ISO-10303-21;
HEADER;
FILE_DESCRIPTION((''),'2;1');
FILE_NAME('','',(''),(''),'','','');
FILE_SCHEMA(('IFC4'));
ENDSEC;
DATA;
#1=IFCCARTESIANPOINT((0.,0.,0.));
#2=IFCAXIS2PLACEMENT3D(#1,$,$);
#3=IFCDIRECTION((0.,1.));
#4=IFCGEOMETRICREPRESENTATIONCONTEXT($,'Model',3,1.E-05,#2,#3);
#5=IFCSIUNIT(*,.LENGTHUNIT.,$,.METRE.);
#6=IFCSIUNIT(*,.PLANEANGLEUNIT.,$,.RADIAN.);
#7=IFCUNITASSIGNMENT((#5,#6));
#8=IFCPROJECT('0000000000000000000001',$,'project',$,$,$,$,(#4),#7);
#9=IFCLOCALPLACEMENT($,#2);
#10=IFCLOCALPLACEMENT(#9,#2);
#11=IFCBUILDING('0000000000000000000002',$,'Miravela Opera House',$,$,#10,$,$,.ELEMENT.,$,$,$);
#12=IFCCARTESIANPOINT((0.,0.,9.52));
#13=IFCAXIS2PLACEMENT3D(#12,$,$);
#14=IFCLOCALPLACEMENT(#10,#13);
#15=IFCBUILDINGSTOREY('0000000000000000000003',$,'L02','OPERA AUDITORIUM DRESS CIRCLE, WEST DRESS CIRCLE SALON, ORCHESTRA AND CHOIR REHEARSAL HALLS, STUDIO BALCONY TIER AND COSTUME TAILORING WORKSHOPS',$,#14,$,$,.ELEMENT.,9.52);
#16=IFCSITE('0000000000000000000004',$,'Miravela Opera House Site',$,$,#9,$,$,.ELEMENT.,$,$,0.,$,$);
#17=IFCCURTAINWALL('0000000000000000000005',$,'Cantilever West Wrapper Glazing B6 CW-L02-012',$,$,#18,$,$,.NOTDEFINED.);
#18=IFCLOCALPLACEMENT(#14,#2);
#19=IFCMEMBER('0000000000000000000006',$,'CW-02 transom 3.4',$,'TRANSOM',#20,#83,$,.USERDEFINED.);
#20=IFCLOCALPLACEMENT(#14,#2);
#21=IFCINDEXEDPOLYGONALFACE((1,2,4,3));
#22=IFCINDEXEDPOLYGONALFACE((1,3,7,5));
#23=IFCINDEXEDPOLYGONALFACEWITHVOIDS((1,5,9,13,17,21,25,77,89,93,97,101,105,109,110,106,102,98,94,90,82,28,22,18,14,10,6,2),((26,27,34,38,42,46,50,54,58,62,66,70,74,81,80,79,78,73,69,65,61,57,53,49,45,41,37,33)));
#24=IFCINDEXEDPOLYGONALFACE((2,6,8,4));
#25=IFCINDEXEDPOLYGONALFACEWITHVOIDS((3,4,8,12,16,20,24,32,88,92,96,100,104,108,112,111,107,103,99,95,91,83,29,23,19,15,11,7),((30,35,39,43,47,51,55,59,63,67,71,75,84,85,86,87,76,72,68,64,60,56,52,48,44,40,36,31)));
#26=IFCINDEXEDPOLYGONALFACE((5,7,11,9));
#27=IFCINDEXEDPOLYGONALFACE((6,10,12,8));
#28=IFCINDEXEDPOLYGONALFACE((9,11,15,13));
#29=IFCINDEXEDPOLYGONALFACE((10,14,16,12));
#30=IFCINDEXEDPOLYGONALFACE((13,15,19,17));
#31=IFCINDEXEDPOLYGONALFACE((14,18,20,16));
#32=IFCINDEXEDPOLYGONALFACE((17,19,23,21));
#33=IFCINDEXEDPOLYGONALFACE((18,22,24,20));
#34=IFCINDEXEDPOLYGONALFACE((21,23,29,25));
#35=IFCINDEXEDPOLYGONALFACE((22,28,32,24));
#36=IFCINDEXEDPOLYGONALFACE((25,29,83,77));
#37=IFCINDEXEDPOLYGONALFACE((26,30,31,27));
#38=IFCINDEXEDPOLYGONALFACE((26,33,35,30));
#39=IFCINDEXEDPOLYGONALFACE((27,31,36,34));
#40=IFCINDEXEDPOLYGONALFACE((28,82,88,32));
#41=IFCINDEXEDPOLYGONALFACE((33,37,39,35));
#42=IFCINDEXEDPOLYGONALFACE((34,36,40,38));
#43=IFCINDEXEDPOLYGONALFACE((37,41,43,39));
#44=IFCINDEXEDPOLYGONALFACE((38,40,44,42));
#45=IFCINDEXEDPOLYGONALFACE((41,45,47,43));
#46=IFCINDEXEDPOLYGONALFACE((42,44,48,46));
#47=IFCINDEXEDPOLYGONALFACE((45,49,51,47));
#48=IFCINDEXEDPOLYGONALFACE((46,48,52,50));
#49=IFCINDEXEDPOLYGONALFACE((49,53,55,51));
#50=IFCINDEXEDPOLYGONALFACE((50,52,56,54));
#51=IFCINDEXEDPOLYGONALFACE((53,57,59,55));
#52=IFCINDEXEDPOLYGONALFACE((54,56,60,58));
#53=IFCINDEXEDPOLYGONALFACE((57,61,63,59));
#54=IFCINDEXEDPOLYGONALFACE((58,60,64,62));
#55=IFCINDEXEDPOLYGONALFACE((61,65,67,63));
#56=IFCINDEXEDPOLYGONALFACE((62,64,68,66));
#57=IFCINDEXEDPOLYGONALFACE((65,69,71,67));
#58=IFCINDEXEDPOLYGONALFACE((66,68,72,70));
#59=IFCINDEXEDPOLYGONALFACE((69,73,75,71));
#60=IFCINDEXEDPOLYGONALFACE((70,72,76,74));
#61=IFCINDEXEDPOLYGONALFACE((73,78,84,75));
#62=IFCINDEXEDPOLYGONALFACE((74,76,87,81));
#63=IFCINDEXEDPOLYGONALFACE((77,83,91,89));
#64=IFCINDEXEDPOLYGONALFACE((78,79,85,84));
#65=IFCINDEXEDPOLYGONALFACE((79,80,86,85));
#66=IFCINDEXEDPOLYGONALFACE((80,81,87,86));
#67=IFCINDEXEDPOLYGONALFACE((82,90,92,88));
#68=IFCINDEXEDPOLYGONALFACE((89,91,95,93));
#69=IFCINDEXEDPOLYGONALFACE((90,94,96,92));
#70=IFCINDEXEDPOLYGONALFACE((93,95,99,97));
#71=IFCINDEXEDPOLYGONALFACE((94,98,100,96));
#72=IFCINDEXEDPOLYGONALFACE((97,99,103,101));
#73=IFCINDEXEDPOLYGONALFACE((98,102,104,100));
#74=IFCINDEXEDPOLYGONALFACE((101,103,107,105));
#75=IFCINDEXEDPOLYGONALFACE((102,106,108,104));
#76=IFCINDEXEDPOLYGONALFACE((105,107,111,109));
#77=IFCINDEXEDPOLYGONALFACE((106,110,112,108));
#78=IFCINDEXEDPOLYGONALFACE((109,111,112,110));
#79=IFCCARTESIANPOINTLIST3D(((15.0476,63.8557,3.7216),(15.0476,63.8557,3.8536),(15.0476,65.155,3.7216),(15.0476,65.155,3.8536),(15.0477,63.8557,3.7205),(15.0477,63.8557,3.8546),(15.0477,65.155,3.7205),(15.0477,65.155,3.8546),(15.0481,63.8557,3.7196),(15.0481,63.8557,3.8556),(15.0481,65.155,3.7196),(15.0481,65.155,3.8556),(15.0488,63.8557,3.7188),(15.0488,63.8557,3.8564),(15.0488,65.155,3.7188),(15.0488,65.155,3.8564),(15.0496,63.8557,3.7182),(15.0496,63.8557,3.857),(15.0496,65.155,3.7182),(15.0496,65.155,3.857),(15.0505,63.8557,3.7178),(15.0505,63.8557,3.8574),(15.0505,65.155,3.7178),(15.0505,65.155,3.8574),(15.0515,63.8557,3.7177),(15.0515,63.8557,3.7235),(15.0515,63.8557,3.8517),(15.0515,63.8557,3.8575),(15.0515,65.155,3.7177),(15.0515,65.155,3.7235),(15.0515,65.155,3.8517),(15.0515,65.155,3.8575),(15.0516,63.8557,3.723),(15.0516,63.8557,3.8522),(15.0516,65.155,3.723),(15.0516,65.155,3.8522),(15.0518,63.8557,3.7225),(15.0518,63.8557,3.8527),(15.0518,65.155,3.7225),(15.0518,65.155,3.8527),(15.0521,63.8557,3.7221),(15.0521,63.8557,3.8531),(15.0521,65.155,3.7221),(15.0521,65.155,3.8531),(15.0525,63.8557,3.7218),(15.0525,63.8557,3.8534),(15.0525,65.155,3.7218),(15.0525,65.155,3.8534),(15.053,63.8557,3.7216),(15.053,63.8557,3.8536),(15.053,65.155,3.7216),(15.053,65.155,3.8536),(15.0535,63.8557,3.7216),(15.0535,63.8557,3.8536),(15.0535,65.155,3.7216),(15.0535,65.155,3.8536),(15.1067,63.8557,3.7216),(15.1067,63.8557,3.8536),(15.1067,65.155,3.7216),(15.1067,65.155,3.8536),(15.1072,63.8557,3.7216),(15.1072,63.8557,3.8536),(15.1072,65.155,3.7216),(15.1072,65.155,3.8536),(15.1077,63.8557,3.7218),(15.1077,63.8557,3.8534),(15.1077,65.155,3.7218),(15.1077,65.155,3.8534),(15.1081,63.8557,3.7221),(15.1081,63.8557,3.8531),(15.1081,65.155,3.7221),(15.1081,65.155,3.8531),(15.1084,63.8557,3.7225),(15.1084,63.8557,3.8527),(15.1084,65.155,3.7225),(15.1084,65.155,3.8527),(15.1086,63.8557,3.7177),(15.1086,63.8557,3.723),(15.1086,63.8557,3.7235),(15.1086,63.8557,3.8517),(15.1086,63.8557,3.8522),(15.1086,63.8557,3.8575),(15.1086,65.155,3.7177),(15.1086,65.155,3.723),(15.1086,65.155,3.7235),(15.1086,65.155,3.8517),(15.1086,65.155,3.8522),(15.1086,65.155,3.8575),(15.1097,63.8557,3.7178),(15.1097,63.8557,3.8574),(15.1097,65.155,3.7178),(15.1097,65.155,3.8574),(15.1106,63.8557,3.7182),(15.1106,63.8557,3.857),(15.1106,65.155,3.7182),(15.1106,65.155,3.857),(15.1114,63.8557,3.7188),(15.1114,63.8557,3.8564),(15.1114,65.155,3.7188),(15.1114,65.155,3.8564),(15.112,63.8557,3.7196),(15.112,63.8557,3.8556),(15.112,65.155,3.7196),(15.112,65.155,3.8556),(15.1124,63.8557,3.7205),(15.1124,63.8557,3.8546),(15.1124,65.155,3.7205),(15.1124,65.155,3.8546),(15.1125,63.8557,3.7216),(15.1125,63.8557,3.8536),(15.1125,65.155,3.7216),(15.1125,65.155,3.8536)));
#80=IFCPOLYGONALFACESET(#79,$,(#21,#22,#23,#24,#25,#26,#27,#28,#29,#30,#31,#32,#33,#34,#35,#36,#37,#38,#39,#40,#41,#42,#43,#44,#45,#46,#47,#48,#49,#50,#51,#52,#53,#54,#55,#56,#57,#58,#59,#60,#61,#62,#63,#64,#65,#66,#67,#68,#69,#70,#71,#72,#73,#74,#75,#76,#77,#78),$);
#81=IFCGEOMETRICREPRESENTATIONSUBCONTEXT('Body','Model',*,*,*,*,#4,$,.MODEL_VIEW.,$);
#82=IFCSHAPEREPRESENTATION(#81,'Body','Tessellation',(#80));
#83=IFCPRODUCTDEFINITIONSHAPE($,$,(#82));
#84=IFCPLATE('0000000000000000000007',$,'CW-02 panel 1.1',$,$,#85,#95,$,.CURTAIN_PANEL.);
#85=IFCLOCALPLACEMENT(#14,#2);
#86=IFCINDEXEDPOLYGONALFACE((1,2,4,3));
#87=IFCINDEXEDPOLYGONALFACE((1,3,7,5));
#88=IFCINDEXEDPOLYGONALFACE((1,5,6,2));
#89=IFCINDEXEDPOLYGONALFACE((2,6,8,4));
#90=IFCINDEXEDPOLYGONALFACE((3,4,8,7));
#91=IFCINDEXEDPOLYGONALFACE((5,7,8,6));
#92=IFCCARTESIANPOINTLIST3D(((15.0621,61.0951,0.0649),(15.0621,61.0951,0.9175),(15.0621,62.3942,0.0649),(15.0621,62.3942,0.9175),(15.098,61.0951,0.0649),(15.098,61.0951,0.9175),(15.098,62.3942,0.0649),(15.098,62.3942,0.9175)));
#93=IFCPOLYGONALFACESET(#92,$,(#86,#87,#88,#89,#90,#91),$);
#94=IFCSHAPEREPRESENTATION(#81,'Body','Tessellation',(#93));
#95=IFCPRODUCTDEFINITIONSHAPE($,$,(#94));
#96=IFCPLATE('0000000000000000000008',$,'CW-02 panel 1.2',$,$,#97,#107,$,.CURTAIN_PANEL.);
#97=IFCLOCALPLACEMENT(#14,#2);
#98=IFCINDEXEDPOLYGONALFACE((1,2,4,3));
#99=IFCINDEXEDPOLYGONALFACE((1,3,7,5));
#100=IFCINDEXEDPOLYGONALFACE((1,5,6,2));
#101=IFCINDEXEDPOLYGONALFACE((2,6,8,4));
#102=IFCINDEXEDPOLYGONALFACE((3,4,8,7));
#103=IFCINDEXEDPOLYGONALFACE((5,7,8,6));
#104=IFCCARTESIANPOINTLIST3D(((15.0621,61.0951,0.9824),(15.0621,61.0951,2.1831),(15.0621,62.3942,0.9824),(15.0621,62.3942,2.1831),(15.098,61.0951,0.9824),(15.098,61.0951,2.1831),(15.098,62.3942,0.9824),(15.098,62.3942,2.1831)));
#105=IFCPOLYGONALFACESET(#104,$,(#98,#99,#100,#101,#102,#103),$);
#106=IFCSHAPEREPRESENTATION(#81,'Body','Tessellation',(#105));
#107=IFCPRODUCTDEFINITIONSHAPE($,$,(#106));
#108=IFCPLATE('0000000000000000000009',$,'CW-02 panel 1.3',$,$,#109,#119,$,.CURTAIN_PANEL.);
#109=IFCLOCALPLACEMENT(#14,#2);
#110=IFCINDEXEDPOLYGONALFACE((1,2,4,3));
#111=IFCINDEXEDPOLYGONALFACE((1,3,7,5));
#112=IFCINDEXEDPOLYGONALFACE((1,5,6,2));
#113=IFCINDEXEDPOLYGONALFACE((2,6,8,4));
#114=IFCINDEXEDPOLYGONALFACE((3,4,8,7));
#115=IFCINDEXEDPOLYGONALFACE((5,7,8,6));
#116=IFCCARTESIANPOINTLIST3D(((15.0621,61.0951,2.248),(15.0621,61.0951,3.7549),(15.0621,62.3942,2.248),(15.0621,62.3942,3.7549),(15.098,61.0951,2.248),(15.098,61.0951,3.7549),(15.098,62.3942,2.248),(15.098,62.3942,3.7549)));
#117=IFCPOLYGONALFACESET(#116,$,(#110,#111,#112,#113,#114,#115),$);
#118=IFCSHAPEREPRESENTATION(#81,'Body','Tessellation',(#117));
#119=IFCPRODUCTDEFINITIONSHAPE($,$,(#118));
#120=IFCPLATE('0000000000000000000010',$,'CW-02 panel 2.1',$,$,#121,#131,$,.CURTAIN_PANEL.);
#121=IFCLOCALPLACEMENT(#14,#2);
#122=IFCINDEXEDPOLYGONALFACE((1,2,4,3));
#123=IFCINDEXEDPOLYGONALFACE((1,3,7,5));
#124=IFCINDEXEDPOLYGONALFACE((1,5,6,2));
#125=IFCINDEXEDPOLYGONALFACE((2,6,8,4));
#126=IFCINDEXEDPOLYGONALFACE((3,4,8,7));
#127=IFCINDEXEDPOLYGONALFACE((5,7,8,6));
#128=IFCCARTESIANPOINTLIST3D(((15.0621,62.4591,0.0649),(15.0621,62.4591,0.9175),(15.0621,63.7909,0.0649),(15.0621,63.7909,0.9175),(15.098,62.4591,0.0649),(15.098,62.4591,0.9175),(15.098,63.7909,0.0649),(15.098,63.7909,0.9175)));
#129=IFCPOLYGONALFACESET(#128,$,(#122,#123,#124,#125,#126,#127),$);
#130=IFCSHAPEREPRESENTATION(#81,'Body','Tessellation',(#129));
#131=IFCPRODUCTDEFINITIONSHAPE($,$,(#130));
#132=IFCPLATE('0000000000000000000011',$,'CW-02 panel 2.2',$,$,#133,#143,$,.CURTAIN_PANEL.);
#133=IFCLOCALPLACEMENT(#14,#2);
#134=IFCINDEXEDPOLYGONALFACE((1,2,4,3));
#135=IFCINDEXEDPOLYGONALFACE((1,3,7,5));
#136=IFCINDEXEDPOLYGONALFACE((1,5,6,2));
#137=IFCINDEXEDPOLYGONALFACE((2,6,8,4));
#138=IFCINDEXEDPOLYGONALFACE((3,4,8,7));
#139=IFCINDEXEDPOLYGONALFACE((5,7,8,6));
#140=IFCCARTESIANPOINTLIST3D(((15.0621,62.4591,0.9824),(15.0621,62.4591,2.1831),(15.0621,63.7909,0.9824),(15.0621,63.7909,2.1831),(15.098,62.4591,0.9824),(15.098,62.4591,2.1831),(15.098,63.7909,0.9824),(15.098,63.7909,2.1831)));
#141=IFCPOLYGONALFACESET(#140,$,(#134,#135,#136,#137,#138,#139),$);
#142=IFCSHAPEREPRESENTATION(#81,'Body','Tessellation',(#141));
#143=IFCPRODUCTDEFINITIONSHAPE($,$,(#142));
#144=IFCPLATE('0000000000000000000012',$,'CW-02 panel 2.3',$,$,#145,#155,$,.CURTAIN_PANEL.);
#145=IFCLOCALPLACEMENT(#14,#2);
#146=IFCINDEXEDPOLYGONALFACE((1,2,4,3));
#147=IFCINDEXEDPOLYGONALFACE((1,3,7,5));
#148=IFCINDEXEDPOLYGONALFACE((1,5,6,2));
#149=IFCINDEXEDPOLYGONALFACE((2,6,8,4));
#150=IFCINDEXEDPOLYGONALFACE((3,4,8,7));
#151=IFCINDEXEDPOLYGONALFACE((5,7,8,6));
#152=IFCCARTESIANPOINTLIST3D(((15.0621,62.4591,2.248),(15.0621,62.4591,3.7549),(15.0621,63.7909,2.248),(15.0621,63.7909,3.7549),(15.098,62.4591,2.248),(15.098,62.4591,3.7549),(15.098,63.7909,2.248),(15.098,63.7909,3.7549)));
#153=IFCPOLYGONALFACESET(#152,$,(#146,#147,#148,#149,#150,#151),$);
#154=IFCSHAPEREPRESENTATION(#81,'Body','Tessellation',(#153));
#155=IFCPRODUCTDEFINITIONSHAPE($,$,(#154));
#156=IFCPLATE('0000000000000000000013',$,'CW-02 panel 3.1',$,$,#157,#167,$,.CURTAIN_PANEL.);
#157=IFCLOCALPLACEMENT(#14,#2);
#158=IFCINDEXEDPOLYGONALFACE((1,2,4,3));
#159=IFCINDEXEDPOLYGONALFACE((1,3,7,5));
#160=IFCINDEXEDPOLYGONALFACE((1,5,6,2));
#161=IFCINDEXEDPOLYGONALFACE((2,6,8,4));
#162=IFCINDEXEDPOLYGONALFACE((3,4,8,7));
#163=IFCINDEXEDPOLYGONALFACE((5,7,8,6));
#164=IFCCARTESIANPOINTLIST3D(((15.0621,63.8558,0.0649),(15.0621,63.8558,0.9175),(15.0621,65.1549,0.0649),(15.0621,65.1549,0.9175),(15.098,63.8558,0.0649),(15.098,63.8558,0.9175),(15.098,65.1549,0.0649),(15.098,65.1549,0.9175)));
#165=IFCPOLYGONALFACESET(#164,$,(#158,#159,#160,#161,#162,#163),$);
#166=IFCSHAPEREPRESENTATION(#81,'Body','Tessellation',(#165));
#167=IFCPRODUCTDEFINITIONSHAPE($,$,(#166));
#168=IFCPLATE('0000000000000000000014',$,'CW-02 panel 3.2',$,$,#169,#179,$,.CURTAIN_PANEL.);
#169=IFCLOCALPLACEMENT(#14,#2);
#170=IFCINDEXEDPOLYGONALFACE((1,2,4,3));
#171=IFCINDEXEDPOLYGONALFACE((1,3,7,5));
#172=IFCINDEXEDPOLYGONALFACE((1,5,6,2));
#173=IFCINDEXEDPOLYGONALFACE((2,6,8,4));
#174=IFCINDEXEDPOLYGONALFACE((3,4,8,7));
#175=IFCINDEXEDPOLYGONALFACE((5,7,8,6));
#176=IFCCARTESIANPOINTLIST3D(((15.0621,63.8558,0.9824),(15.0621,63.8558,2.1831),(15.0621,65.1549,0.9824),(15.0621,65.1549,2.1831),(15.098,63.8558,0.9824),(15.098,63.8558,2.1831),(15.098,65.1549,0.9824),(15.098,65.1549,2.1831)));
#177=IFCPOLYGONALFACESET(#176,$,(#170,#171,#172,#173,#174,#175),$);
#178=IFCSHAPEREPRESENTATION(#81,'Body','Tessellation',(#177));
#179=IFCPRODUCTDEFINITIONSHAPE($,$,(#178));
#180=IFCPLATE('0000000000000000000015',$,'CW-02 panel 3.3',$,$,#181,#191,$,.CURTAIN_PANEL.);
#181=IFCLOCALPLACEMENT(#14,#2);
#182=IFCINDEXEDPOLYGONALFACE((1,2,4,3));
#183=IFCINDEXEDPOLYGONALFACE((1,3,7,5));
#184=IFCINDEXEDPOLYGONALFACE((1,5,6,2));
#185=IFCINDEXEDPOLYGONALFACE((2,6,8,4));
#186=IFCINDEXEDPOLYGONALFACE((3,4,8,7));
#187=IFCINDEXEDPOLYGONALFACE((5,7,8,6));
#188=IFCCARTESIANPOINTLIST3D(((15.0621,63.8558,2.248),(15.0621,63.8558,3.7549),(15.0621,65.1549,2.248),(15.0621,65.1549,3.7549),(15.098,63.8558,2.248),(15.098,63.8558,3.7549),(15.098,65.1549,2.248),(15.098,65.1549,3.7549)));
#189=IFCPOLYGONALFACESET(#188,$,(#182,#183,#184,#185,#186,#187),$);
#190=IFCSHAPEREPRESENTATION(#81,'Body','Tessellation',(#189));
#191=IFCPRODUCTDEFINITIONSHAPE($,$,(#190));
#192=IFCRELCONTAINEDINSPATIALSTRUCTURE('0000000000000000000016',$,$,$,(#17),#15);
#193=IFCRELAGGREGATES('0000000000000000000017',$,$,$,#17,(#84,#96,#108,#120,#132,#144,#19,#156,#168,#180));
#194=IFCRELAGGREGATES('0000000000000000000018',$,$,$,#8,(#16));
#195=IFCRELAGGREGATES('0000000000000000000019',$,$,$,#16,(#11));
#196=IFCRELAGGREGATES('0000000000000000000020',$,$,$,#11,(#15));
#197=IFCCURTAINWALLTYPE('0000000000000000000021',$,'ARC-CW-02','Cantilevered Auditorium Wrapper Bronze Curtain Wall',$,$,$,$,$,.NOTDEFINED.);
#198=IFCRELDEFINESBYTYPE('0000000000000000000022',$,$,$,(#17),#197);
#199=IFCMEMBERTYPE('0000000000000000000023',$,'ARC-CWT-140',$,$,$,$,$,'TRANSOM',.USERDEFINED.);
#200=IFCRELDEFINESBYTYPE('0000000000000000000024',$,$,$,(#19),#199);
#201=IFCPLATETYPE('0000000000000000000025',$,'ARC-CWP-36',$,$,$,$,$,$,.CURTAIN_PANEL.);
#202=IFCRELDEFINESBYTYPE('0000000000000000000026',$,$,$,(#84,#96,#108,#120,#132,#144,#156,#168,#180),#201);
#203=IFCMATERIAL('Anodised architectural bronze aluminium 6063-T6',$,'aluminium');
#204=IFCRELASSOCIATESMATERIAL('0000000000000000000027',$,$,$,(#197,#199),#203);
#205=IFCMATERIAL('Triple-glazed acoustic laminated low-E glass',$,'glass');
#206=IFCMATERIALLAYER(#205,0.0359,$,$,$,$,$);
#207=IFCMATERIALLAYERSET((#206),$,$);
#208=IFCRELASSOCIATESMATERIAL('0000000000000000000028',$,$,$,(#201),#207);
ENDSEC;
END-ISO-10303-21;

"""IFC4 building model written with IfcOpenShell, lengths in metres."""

from ifc_helpers import new_model, si_unit, direction, frame, origin, origin_2d, place, context, subcontext, project, spatial, rectangle, hollow_rectangle, extrude, material, layer, layer_set, material_profile, profile_set, type_object, element, aggregate, save


model = new_model("IFC4")

# Units and contexts
model_context = context("Model", 3, precision=1e-05, world=origin(), true_north=direction((0.0, 1.0)))
body_context = subcontext(model_context, "Body", "Model", "MODEL_VIEW")
ifc_project = project(units=[si_unit("LENGTHUNIT", "METRE"), si_unit("PLANEANGLEUNIT", "RADIAN")], contexts=[model_context])

# Site, building, storey
site_placement = place(None, origin())
site = spatial("IfcSite", under=ifc_project, at=site_placement, Name="Miravela Opera House Site", CompositionType="ELEMENT", RefElevation=0.0)
building_placement = place(site_placement, origin())
building = spatial("IfcBuilding", under=site, at=building_placement, Name="Miravela Opera House", CompositionType="ELEMENT")
storey_placement = place(building_placement, frame((0.0, 0.0, 9.52)))
storey = spatial("IfcBuildingStorey", under=building, at=storey_placement, Name="L02", Description="OPERA AUDITORIUM DRESS CIRCLE, WEST DRESS CIRCLE SALON, ORCHESTRA AND CHOIR REHEARSAL HALLS, STUDIO BALCONY TIER AND COSTUME TAILORING WORKSHOPS", CompositionType="ELEMENT", Elevation=9.52)

# Curtain wall
ifc_material_1 = material(Name="Anodised architectural bronze aluminium 6063-T6", Category="aluminium")
curtain_wall_type = type_object("IfcCurtainWallType", Name="ARC-CW-02", Description="Cantilevered Auditorium Wrapper Bronze Curtain Wall", PredefinedType="NOTDEFINED", material=ifc_material_1)
curtain_wall_1_placement = place(storey_placement, origin())
curtain_wall_1 = element("IfcCurtainWall", 1, at=curtain_wall_1_placement, inside=storey, type_object=curtain_wall_type, Name="Cantilever West Wrapper Glazing B6 CW-L02-012", PredefinedType="NOTDEFINED")

# Member
ifc_material_profile_1 = material_profile(ifc_material_1, hollow_rectangle(XDim=0.0649, YDim=0.1399, WallThickness=0.0039, InnerFilletRadius=0.002, OuterFilletRadius=0.0039, at=origin_2d()), Name="CWT-65X140")
ifc_profile_set_1 = profile_set([ifc_material_profile_1])
member_type_1 = type_object("IfcMemberType", Name="ARC-CWT-140", ElementType="TRANSOM", PredefinedType="USERDEFINED", material=ifc_profile_set_1)
member_1_placement = place(storey_placement, frame((15.0801, 63.8557, 3.7876), z_axis=(0.0, 1.0, 0.0), x_axis=(-1.0, 0.0, 0.0)))
member_1 = element("IfcMember", 2, at=member_1_placement, type_object=member_type_1, Name="CW-02 transom 3.4", ObjectType="TRANSOM", PredefinedType="USERDEFINED", context=body_context, shape_type="SweptSolid", body=[
    extrude(hollow_rectangle(XDim=0.0649, YDim=0.1399, WallThickness=0.0039, InnerFilletRadius=0.002, OuterFilletRadius=0.0039, at=origin_2d()), origin(), (0.0, 0.0, 1.0), 1.2993),
])

# Plates
ifc_material_2 = material(Name="Triple-glazed acoustic laminated low-E glass", Category="glass")
ifc_layer = layer(ifc_material_2, 0.0359)
ifc_layer_set = layer_set([ifc_layer])
plate_type = type_object("IfcPlateType", Name="ARC-CWP-36", PredefinedType="CURTAIN_PANEL", material=ifc_layer_set)
plate_1_placement = place(storey_placement, frame((15.0801, 61.7446, 0.0649), z_axis=(0.0, 0.0, 1.0), x_axis=(0.0, 1.0, 0.0)))
plate_1 = element("IfcPlate", 3, at=plate_1_placement, type_object=plate_type, Name="CW-02 panel 1.1", PredefinedType="CURTAIN_PANEL", context=body_context, shape_type="SweptSolid", body=[
    extrude(rectangle(XDim=1.2991, YDim=0.0359, at=origin_2d()), origin(), (0.0, 0.0, 1.0), 0.8525),
])
plate_2_placement = place(storey_placement, frame((15.0801, 61.7446, 0.9824), z_axis=(0.0, 0.0, 1.0), x_axis=(0.0, 1.0, 0.0)))
plate_2 = element("IfcPlate", 4, at=plate_2_placement, type_object=plate_type, Name="CW-02 panel 1.2", PredefinedType="CURTAIN_PANEL", context=body_context, shape_type="SweptSolid", body=[
    extrude(rectangle(XDim=1.2991, YDim=0.0359, at=origin_2d()), origin(), (0.0, 0.0, 1.0), 1.2007),
])
plate_3_placement = place(storey_placement, frame((15.0801, 61.7446, 2.248), z_axis=(0.0, 0.0, 1.0), x_axis=(0.0, 1.0, 0.0)))
plate_3 = element("IfcPlate", 5, at=plate_3_placement, type_object=plate_type, Name="CW-02 panel 1.3", PredefinedType="CURTAIN_PANEL", context=body_context, shape_type="SweptSolid", body=[
    extrude(rectangle(XDim=1.2991, YDim=0.0359, at=origin_2d()), origin(), (0.0, 0.0, 1.0), 1.5068),
])
plate_4_placement = place(storey_placement, frame((15.0801, 63.125, 0.0649), z_axis=(0.0, 0.0, 1.0), x_axis=(0.0, 1.0, 0.0)))
plate_4 = element("IfcPlate", 6, at=plate_4_placement, type_object=plate_type, Name="CW-02 panel 2.1", PredefinedType="CURTAIN_PANEL", context=body_context, shape_type="SweptSolid", body=[
    extrude(rectangle(XDim=1.3318, YDim=0.0359, at=origin_2d()), origin(), (0.0, 0.0, 1.0), 0.8525),
])
plate_5_placement = place(storey_placement, frame((15.0801, 63.125, 0.9824), z_axis=(0.0, 0.0, 1.0), x_axis=(0.0, 1.0, 0.0)))
plate_5 = element("IfcPlate", 7, at=plate_5_placement, type_object=plate_type, Name="CW-02 panel 2.2", PredefinedType="CURTAIN_PANEL", context=body_context, shape_type="SweptSolid", body=[
    extrude(rectangle(XDim=1.3318, YDim=0.0359, at=origin_2d()), origin(), (0.0, 0.0, 1.0), 1.2007),
])
plate_6_placement = place(storey_placement, frame((15.0801, 63.125, 2.248), z_axis=(0.0, 0.0, 1.0), x_axis=(0.0, 1.0, 0.0)))
plate_6 = element("IfcPlate", 8, at=plate_6_placement, type_object=plate_type, Name="CW-02 panel 2.3", PredefinedType="CURTAIN_PANEL", context=body_context, shape_type="SweptSolid", body=[
    extrude(rectangle(XDim=1.3318, YDim=0.0359, at=origin_2d()), origin(), (0.0, 0.0, 1.0), 1.5068),
])
plate_7_placement = place(storey_placement, frame((15.0801, 64.5054, 0.0649), z_axis=(0.0, 0.0, 1.0), x_axis=(0.0, 1.0, 0.0)))
plate_7 = element("IfcPlate", 9, at=plate_7_placement, type_object=plate_type, Name="CW-02 panel 3.1", PredefinedType="CURTAIN_PANEL", context=body_context, shape_type="SweptSolid", body=[
    extrude(rectangle(XDim=1.2991, YDim=0.0359, at=origin_2d()), origin(), (0.0, 0.0, 1.0), 0.8525),
])
plate_8_placement = place(storey_placement, frame((15.0801, 64.5054, 0.9824), z_axis=(0.0, 0.0, 1.0), x_axis=(0.0, 1.0, 0.0)))
plate_8 = element("IfcPlate", 10, at=plate_8_placement, type_object=plate_type, Name="CW-02 panel 3.2", PredefinedType="CURTAIN_PANEL", context=body_context, shape_type="SweptSolid", body=[
    extrude(rectangle(XDim=1.2991, YDim=0.0359, at=origin_2d()), origin(), (0.0, 0.0, 1.0), 1.2007),
])
plate_9_placement = place(storey_placement, frame((15.0801, 64.5054, 2.248), z_axis=(0.0, 0.0, 1.0), x_axis=(0.0, 1.0, 0.0)))
plate_9 = element("IfcPlate", 11, at=plate_9_placement, type_object=plate_type, Name="CW-02 panel 3.3", PredefinedType="CURTAIN_PANEL", context=body_context, shape_type="SweptSolid", body=[
    extrude(rectangle(XDim=1.2991, YDim=0.0359, at=origin_2d()), origin(), (0.0, 0.0, 1.0), 1.5068),
])
aggregate(curtain_wall_1, [plate_1, plate_2, plate_3, plate_4, plate_5, plate_6, member_1, plate_7, plate_8, plate_9])

save(model, "model.ifc")
